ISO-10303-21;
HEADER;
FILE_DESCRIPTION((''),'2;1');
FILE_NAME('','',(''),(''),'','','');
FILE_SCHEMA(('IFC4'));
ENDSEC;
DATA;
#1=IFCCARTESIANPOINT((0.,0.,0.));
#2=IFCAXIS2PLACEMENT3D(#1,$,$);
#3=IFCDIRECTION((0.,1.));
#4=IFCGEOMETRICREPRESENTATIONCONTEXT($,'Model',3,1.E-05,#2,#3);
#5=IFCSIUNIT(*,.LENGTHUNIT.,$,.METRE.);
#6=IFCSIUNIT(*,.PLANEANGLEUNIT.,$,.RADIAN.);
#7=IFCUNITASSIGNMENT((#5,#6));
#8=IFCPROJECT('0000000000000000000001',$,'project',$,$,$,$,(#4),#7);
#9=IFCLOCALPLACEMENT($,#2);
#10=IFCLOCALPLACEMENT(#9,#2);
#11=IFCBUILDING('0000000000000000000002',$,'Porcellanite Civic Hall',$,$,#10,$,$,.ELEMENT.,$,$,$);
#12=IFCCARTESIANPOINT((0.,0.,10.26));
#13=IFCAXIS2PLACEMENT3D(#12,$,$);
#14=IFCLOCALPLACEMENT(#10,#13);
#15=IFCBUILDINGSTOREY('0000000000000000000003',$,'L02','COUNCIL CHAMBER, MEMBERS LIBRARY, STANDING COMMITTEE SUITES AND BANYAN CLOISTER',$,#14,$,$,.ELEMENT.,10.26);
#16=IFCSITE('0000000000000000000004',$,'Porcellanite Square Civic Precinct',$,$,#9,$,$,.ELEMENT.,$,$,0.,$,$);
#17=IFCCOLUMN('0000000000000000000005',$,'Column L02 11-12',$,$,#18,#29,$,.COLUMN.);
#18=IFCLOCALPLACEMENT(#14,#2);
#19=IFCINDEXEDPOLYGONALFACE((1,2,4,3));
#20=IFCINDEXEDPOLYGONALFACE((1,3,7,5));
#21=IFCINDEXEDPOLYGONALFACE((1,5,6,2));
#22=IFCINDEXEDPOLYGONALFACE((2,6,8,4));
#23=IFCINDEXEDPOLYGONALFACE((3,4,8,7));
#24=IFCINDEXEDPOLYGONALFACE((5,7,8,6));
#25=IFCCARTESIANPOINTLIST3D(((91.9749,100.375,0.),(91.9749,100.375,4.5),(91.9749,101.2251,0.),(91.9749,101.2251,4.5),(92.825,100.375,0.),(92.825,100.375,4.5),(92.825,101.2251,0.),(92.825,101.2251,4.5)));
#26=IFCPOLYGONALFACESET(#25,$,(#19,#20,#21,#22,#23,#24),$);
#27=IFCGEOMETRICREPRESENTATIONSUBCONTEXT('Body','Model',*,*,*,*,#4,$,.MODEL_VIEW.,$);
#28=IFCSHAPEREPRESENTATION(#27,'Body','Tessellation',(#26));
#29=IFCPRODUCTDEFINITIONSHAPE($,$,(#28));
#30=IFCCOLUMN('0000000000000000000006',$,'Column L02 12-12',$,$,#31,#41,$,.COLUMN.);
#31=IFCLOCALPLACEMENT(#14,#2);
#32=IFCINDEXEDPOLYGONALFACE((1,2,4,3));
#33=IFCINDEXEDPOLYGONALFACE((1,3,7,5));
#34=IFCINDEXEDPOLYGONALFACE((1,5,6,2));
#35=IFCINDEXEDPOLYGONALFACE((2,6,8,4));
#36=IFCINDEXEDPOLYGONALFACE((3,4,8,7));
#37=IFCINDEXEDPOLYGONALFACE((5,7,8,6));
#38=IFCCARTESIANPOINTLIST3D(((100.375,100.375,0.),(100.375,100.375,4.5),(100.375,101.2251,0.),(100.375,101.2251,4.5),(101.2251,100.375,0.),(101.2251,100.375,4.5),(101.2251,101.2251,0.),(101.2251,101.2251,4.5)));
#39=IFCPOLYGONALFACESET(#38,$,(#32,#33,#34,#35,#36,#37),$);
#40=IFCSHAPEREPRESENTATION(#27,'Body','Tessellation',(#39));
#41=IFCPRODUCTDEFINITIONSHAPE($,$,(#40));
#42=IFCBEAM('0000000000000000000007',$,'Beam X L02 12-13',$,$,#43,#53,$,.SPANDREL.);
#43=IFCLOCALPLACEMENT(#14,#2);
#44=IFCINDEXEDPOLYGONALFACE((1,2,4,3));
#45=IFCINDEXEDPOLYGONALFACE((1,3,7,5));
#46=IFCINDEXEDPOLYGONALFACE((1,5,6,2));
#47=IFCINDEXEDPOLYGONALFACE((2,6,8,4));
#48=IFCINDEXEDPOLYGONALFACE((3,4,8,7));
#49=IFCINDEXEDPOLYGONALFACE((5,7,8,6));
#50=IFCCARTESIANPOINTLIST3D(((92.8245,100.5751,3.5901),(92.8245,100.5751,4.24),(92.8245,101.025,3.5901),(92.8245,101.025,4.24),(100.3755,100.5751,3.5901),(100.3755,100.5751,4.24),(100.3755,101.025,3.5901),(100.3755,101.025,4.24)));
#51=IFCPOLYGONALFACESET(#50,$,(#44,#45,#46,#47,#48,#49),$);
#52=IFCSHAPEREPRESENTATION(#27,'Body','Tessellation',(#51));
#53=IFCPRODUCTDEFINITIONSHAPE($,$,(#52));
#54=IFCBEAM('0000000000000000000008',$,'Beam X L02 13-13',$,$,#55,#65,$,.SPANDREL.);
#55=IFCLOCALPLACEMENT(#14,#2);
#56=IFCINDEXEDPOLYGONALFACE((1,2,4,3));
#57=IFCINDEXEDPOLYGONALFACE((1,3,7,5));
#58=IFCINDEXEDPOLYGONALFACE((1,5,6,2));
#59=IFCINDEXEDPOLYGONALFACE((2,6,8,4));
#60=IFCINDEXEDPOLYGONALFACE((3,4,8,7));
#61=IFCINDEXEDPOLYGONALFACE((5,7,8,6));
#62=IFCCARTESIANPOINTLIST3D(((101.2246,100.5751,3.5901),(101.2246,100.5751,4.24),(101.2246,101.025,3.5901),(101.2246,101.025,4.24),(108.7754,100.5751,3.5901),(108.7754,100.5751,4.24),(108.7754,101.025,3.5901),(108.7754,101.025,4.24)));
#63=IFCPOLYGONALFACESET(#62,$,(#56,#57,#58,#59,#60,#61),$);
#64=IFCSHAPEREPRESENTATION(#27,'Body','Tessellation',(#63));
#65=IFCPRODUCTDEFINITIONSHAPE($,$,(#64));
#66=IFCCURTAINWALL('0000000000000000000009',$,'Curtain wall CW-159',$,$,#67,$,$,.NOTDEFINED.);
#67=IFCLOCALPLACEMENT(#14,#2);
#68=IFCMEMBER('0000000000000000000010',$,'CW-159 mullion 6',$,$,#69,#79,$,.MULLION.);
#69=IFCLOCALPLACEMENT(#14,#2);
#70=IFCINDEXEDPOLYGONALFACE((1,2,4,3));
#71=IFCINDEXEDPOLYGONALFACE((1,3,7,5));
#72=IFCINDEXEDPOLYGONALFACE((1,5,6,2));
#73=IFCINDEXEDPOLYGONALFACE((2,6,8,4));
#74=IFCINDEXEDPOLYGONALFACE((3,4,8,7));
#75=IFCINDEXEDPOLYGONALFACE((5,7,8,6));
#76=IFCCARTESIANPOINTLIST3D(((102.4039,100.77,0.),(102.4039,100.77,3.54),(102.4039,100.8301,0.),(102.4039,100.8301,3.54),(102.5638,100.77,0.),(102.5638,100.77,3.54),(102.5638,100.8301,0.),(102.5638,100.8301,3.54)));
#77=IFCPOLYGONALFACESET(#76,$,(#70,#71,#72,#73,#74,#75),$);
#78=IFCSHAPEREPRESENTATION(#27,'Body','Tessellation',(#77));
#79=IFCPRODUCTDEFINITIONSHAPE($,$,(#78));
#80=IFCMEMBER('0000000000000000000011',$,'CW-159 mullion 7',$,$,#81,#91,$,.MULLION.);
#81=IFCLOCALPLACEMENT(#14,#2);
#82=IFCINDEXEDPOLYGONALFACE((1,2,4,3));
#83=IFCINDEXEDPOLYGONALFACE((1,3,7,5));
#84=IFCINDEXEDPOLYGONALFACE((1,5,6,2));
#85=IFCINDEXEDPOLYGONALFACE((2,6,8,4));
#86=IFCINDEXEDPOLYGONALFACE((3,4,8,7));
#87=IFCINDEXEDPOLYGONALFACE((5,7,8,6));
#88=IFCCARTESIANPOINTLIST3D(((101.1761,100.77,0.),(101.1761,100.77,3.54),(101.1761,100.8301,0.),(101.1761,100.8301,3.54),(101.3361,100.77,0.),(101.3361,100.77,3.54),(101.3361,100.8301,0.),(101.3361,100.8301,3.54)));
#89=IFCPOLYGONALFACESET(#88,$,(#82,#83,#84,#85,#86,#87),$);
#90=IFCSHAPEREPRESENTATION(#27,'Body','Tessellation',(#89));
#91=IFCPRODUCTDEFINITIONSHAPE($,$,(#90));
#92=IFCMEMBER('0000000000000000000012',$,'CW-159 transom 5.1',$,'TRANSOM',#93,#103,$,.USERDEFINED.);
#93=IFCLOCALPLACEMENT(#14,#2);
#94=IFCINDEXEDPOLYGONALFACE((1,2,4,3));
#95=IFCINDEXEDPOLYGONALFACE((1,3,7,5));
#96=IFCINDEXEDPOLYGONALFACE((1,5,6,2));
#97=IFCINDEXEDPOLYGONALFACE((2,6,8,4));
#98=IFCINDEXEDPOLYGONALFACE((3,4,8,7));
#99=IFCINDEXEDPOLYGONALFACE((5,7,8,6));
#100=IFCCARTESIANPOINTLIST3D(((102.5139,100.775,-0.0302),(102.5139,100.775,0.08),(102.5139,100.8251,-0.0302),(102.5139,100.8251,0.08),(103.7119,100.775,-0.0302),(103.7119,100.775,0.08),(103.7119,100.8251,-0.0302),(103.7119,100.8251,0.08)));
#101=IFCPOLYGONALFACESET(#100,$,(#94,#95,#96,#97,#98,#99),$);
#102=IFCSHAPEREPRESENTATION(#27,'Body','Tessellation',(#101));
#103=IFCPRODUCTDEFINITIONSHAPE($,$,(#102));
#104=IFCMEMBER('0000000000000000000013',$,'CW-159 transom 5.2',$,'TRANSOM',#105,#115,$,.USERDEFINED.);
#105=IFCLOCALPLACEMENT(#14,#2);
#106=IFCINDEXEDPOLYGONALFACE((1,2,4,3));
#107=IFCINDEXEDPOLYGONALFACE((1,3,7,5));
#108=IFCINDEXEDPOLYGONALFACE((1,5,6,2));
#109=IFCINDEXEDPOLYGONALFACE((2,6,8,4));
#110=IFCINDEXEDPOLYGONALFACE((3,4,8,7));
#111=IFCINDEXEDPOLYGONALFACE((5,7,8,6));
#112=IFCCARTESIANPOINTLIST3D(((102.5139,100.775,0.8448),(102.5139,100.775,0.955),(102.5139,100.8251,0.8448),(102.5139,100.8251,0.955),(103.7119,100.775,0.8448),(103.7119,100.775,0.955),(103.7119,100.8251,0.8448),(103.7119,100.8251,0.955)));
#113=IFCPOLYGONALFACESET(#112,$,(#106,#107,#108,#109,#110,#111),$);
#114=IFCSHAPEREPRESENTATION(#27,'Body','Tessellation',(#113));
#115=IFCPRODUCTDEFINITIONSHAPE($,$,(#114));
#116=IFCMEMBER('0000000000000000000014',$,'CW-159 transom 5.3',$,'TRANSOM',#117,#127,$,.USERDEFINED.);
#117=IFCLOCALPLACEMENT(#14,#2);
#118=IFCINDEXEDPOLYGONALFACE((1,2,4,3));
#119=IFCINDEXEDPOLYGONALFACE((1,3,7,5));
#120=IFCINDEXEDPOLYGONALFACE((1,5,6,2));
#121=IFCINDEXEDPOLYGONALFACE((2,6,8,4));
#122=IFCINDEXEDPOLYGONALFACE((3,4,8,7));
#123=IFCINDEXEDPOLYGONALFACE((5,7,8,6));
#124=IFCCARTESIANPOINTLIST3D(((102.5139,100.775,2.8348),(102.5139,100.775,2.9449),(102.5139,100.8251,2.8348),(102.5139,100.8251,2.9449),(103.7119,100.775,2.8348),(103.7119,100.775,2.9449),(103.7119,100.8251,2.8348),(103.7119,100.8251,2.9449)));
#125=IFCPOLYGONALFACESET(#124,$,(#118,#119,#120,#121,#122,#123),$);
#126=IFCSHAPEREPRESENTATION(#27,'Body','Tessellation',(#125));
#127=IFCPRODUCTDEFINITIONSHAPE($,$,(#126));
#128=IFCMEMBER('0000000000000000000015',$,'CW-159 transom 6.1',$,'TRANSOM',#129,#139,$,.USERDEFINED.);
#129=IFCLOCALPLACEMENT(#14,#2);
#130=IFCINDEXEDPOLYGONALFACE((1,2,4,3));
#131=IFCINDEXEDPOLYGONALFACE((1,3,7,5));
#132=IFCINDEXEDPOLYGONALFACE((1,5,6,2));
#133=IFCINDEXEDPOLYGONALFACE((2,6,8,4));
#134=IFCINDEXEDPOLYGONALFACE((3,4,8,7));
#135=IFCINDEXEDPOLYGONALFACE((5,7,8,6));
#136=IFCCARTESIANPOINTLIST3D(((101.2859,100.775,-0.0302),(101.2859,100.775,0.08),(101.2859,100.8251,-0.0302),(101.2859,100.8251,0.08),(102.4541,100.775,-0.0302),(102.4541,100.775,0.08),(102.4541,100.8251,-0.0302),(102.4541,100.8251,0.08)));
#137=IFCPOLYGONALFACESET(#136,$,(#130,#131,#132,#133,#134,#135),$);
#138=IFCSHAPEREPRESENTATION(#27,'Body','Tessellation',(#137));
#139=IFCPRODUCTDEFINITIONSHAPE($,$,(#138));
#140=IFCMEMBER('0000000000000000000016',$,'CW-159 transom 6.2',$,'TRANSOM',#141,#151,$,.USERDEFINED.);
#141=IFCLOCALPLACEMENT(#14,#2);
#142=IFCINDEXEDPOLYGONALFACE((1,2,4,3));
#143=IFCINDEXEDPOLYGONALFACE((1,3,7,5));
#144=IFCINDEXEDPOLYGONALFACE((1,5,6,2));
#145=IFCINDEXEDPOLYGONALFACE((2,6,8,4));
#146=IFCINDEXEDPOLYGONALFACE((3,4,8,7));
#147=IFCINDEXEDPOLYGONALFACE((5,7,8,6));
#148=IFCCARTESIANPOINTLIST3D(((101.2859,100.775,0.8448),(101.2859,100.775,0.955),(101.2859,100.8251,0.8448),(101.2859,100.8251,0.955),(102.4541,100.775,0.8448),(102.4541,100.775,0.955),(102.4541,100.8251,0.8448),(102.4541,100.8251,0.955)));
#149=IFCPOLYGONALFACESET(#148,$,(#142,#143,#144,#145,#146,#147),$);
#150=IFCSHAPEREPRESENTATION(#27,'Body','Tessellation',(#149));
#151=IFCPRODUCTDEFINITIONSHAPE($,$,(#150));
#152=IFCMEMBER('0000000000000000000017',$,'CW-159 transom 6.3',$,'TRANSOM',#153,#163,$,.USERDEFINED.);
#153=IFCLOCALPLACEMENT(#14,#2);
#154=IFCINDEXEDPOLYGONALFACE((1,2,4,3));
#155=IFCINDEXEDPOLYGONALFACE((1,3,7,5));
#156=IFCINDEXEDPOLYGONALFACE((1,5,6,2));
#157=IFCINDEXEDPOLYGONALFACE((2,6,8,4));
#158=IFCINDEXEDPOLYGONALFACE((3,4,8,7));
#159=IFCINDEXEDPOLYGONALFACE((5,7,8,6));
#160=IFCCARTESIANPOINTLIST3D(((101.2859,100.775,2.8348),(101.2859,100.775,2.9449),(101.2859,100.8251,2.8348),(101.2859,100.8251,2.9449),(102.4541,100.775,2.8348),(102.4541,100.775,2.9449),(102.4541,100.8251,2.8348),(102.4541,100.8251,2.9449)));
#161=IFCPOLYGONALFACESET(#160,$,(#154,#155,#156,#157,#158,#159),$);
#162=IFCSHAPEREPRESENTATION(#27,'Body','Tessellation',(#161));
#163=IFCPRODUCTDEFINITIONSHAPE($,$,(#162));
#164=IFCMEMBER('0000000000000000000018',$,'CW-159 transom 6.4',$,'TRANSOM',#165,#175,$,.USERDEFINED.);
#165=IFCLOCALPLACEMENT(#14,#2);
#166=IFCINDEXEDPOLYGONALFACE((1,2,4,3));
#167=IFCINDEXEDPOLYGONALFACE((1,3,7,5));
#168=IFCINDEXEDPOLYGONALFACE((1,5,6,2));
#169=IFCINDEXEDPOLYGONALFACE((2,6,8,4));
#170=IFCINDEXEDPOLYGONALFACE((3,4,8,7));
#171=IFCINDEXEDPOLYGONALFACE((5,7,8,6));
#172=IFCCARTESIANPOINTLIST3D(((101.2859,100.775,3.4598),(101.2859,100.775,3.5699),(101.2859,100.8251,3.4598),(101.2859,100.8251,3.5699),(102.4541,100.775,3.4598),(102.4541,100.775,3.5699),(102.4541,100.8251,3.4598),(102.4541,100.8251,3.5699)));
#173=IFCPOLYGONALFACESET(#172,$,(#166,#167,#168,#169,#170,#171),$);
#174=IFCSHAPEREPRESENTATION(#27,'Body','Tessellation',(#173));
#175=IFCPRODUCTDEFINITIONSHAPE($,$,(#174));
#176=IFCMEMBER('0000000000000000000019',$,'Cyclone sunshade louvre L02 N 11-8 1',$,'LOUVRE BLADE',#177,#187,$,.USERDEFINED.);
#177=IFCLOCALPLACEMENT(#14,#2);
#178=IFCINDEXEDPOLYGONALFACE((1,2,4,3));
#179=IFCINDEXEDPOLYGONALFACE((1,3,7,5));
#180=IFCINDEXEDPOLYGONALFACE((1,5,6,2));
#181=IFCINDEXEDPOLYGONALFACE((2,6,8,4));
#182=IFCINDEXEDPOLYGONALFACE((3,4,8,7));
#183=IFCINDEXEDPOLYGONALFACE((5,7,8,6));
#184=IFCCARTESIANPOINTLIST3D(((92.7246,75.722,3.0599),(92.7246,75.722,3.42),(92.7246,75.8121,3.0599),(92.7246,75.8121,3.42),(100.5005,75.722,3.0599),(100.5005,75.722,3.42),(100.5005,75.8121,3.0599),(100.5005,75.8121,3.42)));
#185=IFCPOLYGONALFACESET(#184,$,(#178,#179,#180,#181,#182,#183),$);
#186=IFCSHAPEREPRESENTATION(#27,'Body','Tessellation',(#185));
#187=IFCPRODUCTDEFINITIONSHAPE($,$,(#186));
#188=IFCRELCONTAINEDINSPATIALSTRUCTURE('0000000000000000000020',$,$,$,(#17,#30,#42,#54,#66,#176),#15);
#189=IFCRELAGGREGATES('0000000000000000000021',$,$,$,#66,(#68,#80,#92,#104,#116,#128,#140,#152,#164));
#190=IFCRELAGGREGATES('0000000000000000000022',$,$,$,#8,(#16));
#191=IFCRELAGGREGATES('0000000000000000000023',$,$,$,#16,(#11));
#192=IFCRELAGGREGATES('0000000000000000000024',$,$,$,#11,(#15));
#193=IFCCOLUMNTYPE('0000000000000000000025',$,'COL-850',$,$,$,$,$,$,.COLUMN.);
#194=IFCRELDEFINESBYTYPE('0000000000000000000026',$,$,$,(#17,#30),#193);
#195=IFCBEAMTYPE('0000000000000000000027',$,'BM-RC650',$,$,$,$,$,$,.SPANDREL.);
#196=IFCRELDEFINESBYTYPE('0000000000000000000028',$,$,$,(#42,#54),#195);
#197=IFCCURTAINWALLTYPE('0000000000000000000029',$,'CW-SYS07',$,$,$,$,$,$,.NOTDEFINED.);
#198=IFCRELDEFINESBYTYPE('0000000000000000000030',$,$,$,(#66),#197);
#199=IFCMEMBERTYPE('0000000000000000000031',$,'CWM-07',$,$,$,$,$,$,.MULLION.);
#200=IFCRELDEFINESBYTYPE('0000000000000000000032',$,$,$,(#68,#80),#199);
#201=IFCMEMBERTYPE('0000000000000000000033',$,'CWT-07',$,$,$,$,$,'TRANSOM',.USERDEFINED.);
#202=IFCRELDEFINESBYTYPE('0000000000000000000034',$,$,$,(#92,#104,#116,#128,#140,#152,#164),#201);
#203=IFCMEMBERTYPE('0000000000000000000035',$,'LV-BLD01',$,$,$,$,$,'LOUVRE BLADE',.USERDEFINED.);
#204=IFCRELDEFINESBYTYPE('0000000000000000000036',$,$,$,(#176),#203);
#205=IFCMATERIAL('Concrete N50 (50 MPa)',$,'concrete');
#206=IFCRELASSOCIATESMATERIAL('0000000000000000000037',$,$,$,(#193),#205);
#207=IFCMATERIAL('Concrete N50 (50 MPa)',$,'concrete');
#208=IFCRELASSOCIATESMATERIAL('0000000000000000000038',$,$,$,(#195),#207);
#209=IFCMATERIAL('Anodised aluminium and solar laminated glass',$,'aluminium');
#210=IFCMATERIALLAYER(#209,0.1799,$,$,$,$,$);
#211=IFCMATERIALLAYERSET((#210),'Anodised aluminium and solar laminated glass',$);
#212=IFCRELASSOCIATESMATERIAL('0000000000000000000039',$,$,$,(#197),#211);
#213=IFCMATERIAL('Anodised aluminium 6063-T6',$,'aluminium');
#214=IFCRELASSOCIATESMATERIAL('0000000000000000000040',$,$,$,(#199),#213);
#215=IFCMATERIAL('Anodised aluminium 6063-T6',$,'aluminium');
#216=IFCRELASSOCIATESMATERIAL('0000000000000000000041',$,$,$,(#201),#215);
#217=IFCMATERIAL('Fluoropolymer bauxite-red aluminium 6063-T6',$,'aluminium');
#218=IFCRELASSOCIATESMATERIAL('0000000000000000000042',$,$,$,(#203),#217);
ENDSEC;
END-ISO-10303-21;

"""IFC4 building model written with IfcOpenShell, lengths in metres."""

from ifc_helpers import new_model, si_unit, direction, frame, origin, origin_2d, place, context, subcontext, project, spatial, rectangle, extrude, material, layer, layer_set, material_profile, profile_set, type_object, element, aggregate, save


model = new_model("IFC4")

# Units and contexts
model_context = context("Model", 3, precision=1e-05, world=origin(), true_north=direction((0.0, 1.0)))
body_context = subcontext(model_context, "Body", "Model", "MODEL_VIEW")
ifc_project = project(units=[si_unit("LENGTHUNIT", "METRE"), si_unit("PLANEANGLEUNIT", "RADIAN")], contexts=[model_context])

# Site, building, storey
site_placement = place(None, origin())
site = spatial("IfcSite", under=ifc_project, at=site_placement, Name="Porcellanite Square Civic Precinct", CompositionType="ELEMENT", RefElevation=0.0)
building_placement = place(site_placement, origin())
building = spatial("IfcBuilding", under=site, at=building_placement, Name="Porcellanite Civic Hall", CompositionType="ELEMENT")
storey_placement = place(building_placement, frame((0.0, 0.0, 10.26)))
storey = spatial("IfcBuildingStorey", under=building, at=storey_placement, Name="L02", Description="COUNCIL CHAMBER, MEMBERS LIBRARY, STANDING COMMITTEE SUITES AND BANYAN CLOISTER", CompositionType="ELEMENT", Elevation=10.26)

# Columns
ifc_material_1 = material(Name="Concrete N50 (50 MPa)", Category="concrete")
ifc_material_profile_1 = material_profile(ifc_material_1, rectangle(XDim=0.8501, YDim=0.8501, at=origin_2d()), Name="RC-850x850")
ifc_profile_set_1 = profile_set([ifc_material_profile_1], Name="Concrete N50 (50 MPa)")
column_type = type_object("IfcColumnType", Name="COL-850", PredefinedType="COLUMN", material=ifc_profile_set_1)
for number, where, z_axis, x_axis, name in (
    (1, (92.3999, 100.8, 0.0), (0.0, 0.0, 1.0), (1.0, 0.0, 0.0), "Column L02 11-12"),
    (2, (100.8, 100.8, 0.0), (0.0, 0.0, 1.0), (1.0, 0.0, 0.0), "Column L02 12-12"),
):
    element("IfcColumn", number, at=place(storey_placement, frame(where, z_axis=z_axis, x_axis=x_axis)), inside=storey, type_object=column_type, Name=name, PredefinedType="COLUMN", context=body_context, shape_type="SweptSolid", body=[
        extrude(rectangle(XDim=0.8501, YDim=0.8501, at=origin_2d()), origin(), (0.0, 0.0, 1.0), 4.5),
    ])

# Beams
ifc_material_2 = material(Name="Concrete N50 (50 MPa)", Category="concrete")
ifc_material_profile_2 = material_profile(ifc_material_2, rectangle(XDim=0.45, YDim=0.6499, at=origin_2d()), Name="RC-450x650")
ifc_profile_set_2 = profile_set([ifc_material_profile_2], Name="Concrete N50 (50 MPa)")
beam_type = type_object("IfcBeamType", Name="BM-RC650", PredefinedType="SPANDREL", material=ifc_profile_set_2)
beam_1_placement = place(storey_placement, frame((92.8245, 100.8, 3.915), z_axis=(1.0, 0.0, 0.0), x_axis=(0.0, 1.0, 0.0)))
element("IfcBeam", 3, at=beam_1_placement, inside=storey, type_object=beam_type, Name="Beam X L02 12-13", PredefinedType="SPANDREL", context=body_context, shape_type="SweptSolid", body=[
    extrude(rectangle(XDim=0.45, YDim=0.6499, at=origin_2d()), origin(), (0.0, 0.0, 1.0), 7.551),
])
beam_2_placement = place(storey_placement, frame((101.2246, 100.8, 3.915), z_axis=(1.0, 0.0, 0.0), x_axis=(0.0, 1.0, 0.0)))
element("IfcBeam", 4, at=beam_2_placement, inside=storey, type_object=beam_type, Name="Beam X L02 13-13", PredefinedType="SPANDREL", context=body_context, shape_type="SweptSolid", body=[
    extrude(rectangle(XDim=0.45, YDim=0.6499, at=origin_2d()), origin(), (0.0, 0.0, 1.0), 7.5508),
])

# Curtain wall, members
ifc_material_3 = material(Name="Anodised aluminium and solar laminated glass", Category="aluminium")
ifc_layer_1 = layer(ifc_material_3, 0.1799)
ifc_layer_set_1 = layer_set([ifc_layer_1], Name="Anodised aluminium and solar laminated glass")
curtain_wall_type = type_object("IfcCurtainWallType", Name="CW-SYS07", PredefinedType="NOTDEFINED", material=ifc_layer_set_1)
curtain_wall_placement = place(storey_placement, origin())
curtain_wall = element("IfcCurtainWall", 5, at=curtain_wall_placement, inside=storey, type_object=curtain_wall_type, Name="Curtain wall CW-159", PredefinedType="NOTDEFINED")
ifc_material_4 = material(Name="Anodised aluminium 6063-T6", Category="aluminium")
ifc_material_profile_3 = material_profile(ifc_material_4, rectangle(XDim=0.0601, YDim=0.1599, at=origin_2d()), Name="AL-60x160")
ifc_profile_set_3 = profile_set([ifc_material_profile_3], Name="Anodised aluminium 6063-T6")
member_type_1 = type_object("IfcMemberType", Name="CWM-07", PredefinedType="MULLION", material=ifc_profile_set_3)
member_1_placement = place(storey_placement, frame((102.4839, 100.8, 0.0), z_axis=(0.0, 0.0, 1.0), x_axis=(0.0, -1.0, 0.0)))
member_1 = element("IfcMember", 6, at=member_1_placement, type_object=member_type_1, Name="CW-159 mullion 6", PredefinedType="MULLION", context=body_context, shape_type="SweptSolid", body=[
    extrude(rectangle(XDim=0.0601, YDim=0.1599, at=origin_2d()), origin(), (0.0, 0.0, 1.0), 3.54),
])
member_2_placement = place(storey_placement, frame((101.2561, 100.8, 0.0), z_axis=(0.0, 0.0, 1.0), x_axis=(0.0, -1.0, 0.0)))
member_2 = element("IfcMember", 7, at=member_2_placement, type_object=member_type_1, Name="CW-159 mullion 7", PredefinedType="MULLION", context=body_context, shape_type="SweptSolid", body=[
    extrude(rectangle(XDim=0.0601, YDim=0.1599, at=origin_2d()), origin(), (0.0, 0.0, 1.0), 3.54),
])
ifc_material_5 = material(Name="Anodised aluminium 6063-T6", Category="aluminium")
ifc_material_profile_4 = material_profile(ifc_material_5, rectangle(XDim=0.05, YDim=0.1101, at=origin_2d()), Name="AL-50x110")
ifc_profile_set_4 = profile_set([ifc_material_profile_4], Name="Anodised aluminium 6063-T6")
member_type_2 = type_object("IfcMemberType", Name="CWT-07", ElementType="TRANSOM", PredefinedType="USERDEFINED", material=ifc_profile_set_4)
member_3_placement = place(storey_placement, frame((103.7119, 100.8, 0.0249), z_axis=(-1.0, 0.0, 0.0), x_axis=(0.0, -1.0, 0.0)))
member_3 = element("IfcMember", 8, at=member_3_placement, type_object=member_type_2, Name="CW-159 transom 5.1", ObjectType="TRANSOM", PredefinedType="USERDEFINED", context=body_context, shape_type="SweptSolid", body=[
    extrude(rectangle(XDim=0.05, YDim=0.1101, at=origin_2d()), origin(), (0.0, 0.0, 1.0), 1.198),
])
member_4_placement = place(storey_placement, frame((103.7119, 100.8, 0.8999), z_axis=(-1.0, 0.0, 0.0), x_axis=(0.0, -1.0, 0.0)))
member_4 = element("IfcMember", 9, at=member_4_placement, type_object=member_type_2, Name="CW-159 transom 5.2", ObjectType="TRANSOM", PredefinedType="USERDEFINED", context=body_context, shape_type="SweptSolid", body=[
    extrude(rectangle(XDim=0.05, YDim=0.1101, at=origin_2d()), origin(), (0.0, 0.0, 1.0), 1.198),
])
member_5_placement = place(storey_placement, frame((103.7119, 100.8, 2.8899), z_axis=(-1.0, 0.0, 0.0), x_axis=(0.0, -1.0, 0.0)))
member_5 = element("IfcMember", 10, at=member_5_placement, type_object=member_type_2, Name="CW-159 transom 5.3", ObjectType="TRANSOM", PredefinedType="USERDEFINED", context=body_context, shape_type="SweptSolid", body=[
    extrude(rectangle(XDim=0.05, YDim=0.1101, at=origin_2d()), origin(), (0.0, 0.0, 1.0), 1.198),
])
member_6_placement = place(storey_placement, frame((102.4541, 100.8, 0.0249), z_axis=(-1.0, 0.0, 0.0), x_axis=(0.0, -1.0, 0.0)))
member_6 = element("IfcMember", 11, at=member_6_placement, type_object=member_type_2, Name="CW-159 transom 6.1", ObjectType="TRANSOM", PredefinedType="USERDEFINED", context=body_context, shape_type="SweptSolid", body=[
    extrude(rectangle(XDim=0.05, YDim=0.1101, at=origin_2d()), origin(), (0.0, 0.0, 1.0), 1.1682),
])
member_7_placement = place(storey_placement, frame((102.4541, 100.8, 0.8999), z_axis=(-1.0, 0.0, 0.0), x_axis=(0.0, -1.0, 0.0)))
member_7 = element("IfcMember", 12, at=member_7_placement, type_object=member_type_2, Name="CW-159 transom 6.2", ObjectType="TRANSOM", PredefinedType="USERDEFINED", context=body_context, shape_type="SweptSolid", body=[
    extrude(rectangle(XDim=0.05, YDim=0.1101, at=origin_2d()), origin(), (0.0, 0.0, 1.0), 1.1682),
])
member_8_placement = place(storey_placement, frame((102.4541, 100.8, 2.8899), z_axis=(-1.0, 0.0, 0.0), x_axis=(0.0, -1.0, 0.0)))
member_8 = element("IfcMember", 13, at=member_8_placement, type_object=member_type_2, Name="CW-159 transom 6.3", ObjectType="TRANSOM", PredefinedType="USERDEFINED", context=body_context, shape_type="SweptSolid", body=[
    extrude(rectangle(XDim=0.05, YDim=0.1101, at=origin_2d()), origin(), (0.0, 0.0, 1.0), 1.1682),
])
member_9_placement = place(storey_placement, frame((102.4541, 100.8, 3.5149), z_axis=(-1.0, 0.0, 0.0), x_axis=(0.0, -1.0, 0.0)))
member_9 = element("IfcMember", 14, at=member_9_placement, type_object=member_type_2, Name="CW-159 transom 6.4", ObjectType="TRANSOM", PredefinedType="USERDEFINED", context=body_context, shape_type="SweptSolid", body=[
    extrude(rectangle(XDim=0.05, YDim=0.1101, at=origin_2d()), origin(), (0.0, 0.0, 1.0), 1.1682),
])

# Member
ifc_material_6 = material(Name="Fluoropolymer bauxite-red aluminium 6063-T6", Category="aluminium")
ifc_material_profile_5 = material_profile(ifc_material_6, rectangle(XDim=0.0901, YDim=0.3601, at=origin_2d()), Name="AL-90x360")
ifc_profile_set_5 = profile_set([ifc_material_profile_5], Name="Fluoropolymer bauxite-red aluminium 6063-T6")
member_type_3 = type_object("IfcMemberType", Name="LV-BLD01", ElementType="LOUVRE BLADE", PredefinedType="USERDEFINED", material=ifc_profile_set_5)
for number, where, z_axis, x_axis, name in (
    (15, (92.7246, 75.7671, 3.24), (1.0, 0.0, 0.0), (0.0, 1.0, 0.0), "Cyclone sunshade louvre L02 N 11-8 1"),
):
    element("IfcMember", number, at=place(storey_placement, frame(where, z_axis=z_axis, x_axis=x_axis)), inside=storey, type_object=member_type_3, Name=name, ObjectType="LOUVRE BLADE", PredefinedType="USERDEFINED", context=body_context, shape_type="SweptSolid", body=[
        extrude(rectangle(XDim=0.0901, YDim=0.3601, at=origin_2d()), origin(), (0.0, 0.0, 1.0), 7.7759),
    ])

aggregate(curtain_wall, [member_1, member_2, member_3, member_4, member_5, member_6, member_7, member_8, member_9])

save(model, "model.ifc")
